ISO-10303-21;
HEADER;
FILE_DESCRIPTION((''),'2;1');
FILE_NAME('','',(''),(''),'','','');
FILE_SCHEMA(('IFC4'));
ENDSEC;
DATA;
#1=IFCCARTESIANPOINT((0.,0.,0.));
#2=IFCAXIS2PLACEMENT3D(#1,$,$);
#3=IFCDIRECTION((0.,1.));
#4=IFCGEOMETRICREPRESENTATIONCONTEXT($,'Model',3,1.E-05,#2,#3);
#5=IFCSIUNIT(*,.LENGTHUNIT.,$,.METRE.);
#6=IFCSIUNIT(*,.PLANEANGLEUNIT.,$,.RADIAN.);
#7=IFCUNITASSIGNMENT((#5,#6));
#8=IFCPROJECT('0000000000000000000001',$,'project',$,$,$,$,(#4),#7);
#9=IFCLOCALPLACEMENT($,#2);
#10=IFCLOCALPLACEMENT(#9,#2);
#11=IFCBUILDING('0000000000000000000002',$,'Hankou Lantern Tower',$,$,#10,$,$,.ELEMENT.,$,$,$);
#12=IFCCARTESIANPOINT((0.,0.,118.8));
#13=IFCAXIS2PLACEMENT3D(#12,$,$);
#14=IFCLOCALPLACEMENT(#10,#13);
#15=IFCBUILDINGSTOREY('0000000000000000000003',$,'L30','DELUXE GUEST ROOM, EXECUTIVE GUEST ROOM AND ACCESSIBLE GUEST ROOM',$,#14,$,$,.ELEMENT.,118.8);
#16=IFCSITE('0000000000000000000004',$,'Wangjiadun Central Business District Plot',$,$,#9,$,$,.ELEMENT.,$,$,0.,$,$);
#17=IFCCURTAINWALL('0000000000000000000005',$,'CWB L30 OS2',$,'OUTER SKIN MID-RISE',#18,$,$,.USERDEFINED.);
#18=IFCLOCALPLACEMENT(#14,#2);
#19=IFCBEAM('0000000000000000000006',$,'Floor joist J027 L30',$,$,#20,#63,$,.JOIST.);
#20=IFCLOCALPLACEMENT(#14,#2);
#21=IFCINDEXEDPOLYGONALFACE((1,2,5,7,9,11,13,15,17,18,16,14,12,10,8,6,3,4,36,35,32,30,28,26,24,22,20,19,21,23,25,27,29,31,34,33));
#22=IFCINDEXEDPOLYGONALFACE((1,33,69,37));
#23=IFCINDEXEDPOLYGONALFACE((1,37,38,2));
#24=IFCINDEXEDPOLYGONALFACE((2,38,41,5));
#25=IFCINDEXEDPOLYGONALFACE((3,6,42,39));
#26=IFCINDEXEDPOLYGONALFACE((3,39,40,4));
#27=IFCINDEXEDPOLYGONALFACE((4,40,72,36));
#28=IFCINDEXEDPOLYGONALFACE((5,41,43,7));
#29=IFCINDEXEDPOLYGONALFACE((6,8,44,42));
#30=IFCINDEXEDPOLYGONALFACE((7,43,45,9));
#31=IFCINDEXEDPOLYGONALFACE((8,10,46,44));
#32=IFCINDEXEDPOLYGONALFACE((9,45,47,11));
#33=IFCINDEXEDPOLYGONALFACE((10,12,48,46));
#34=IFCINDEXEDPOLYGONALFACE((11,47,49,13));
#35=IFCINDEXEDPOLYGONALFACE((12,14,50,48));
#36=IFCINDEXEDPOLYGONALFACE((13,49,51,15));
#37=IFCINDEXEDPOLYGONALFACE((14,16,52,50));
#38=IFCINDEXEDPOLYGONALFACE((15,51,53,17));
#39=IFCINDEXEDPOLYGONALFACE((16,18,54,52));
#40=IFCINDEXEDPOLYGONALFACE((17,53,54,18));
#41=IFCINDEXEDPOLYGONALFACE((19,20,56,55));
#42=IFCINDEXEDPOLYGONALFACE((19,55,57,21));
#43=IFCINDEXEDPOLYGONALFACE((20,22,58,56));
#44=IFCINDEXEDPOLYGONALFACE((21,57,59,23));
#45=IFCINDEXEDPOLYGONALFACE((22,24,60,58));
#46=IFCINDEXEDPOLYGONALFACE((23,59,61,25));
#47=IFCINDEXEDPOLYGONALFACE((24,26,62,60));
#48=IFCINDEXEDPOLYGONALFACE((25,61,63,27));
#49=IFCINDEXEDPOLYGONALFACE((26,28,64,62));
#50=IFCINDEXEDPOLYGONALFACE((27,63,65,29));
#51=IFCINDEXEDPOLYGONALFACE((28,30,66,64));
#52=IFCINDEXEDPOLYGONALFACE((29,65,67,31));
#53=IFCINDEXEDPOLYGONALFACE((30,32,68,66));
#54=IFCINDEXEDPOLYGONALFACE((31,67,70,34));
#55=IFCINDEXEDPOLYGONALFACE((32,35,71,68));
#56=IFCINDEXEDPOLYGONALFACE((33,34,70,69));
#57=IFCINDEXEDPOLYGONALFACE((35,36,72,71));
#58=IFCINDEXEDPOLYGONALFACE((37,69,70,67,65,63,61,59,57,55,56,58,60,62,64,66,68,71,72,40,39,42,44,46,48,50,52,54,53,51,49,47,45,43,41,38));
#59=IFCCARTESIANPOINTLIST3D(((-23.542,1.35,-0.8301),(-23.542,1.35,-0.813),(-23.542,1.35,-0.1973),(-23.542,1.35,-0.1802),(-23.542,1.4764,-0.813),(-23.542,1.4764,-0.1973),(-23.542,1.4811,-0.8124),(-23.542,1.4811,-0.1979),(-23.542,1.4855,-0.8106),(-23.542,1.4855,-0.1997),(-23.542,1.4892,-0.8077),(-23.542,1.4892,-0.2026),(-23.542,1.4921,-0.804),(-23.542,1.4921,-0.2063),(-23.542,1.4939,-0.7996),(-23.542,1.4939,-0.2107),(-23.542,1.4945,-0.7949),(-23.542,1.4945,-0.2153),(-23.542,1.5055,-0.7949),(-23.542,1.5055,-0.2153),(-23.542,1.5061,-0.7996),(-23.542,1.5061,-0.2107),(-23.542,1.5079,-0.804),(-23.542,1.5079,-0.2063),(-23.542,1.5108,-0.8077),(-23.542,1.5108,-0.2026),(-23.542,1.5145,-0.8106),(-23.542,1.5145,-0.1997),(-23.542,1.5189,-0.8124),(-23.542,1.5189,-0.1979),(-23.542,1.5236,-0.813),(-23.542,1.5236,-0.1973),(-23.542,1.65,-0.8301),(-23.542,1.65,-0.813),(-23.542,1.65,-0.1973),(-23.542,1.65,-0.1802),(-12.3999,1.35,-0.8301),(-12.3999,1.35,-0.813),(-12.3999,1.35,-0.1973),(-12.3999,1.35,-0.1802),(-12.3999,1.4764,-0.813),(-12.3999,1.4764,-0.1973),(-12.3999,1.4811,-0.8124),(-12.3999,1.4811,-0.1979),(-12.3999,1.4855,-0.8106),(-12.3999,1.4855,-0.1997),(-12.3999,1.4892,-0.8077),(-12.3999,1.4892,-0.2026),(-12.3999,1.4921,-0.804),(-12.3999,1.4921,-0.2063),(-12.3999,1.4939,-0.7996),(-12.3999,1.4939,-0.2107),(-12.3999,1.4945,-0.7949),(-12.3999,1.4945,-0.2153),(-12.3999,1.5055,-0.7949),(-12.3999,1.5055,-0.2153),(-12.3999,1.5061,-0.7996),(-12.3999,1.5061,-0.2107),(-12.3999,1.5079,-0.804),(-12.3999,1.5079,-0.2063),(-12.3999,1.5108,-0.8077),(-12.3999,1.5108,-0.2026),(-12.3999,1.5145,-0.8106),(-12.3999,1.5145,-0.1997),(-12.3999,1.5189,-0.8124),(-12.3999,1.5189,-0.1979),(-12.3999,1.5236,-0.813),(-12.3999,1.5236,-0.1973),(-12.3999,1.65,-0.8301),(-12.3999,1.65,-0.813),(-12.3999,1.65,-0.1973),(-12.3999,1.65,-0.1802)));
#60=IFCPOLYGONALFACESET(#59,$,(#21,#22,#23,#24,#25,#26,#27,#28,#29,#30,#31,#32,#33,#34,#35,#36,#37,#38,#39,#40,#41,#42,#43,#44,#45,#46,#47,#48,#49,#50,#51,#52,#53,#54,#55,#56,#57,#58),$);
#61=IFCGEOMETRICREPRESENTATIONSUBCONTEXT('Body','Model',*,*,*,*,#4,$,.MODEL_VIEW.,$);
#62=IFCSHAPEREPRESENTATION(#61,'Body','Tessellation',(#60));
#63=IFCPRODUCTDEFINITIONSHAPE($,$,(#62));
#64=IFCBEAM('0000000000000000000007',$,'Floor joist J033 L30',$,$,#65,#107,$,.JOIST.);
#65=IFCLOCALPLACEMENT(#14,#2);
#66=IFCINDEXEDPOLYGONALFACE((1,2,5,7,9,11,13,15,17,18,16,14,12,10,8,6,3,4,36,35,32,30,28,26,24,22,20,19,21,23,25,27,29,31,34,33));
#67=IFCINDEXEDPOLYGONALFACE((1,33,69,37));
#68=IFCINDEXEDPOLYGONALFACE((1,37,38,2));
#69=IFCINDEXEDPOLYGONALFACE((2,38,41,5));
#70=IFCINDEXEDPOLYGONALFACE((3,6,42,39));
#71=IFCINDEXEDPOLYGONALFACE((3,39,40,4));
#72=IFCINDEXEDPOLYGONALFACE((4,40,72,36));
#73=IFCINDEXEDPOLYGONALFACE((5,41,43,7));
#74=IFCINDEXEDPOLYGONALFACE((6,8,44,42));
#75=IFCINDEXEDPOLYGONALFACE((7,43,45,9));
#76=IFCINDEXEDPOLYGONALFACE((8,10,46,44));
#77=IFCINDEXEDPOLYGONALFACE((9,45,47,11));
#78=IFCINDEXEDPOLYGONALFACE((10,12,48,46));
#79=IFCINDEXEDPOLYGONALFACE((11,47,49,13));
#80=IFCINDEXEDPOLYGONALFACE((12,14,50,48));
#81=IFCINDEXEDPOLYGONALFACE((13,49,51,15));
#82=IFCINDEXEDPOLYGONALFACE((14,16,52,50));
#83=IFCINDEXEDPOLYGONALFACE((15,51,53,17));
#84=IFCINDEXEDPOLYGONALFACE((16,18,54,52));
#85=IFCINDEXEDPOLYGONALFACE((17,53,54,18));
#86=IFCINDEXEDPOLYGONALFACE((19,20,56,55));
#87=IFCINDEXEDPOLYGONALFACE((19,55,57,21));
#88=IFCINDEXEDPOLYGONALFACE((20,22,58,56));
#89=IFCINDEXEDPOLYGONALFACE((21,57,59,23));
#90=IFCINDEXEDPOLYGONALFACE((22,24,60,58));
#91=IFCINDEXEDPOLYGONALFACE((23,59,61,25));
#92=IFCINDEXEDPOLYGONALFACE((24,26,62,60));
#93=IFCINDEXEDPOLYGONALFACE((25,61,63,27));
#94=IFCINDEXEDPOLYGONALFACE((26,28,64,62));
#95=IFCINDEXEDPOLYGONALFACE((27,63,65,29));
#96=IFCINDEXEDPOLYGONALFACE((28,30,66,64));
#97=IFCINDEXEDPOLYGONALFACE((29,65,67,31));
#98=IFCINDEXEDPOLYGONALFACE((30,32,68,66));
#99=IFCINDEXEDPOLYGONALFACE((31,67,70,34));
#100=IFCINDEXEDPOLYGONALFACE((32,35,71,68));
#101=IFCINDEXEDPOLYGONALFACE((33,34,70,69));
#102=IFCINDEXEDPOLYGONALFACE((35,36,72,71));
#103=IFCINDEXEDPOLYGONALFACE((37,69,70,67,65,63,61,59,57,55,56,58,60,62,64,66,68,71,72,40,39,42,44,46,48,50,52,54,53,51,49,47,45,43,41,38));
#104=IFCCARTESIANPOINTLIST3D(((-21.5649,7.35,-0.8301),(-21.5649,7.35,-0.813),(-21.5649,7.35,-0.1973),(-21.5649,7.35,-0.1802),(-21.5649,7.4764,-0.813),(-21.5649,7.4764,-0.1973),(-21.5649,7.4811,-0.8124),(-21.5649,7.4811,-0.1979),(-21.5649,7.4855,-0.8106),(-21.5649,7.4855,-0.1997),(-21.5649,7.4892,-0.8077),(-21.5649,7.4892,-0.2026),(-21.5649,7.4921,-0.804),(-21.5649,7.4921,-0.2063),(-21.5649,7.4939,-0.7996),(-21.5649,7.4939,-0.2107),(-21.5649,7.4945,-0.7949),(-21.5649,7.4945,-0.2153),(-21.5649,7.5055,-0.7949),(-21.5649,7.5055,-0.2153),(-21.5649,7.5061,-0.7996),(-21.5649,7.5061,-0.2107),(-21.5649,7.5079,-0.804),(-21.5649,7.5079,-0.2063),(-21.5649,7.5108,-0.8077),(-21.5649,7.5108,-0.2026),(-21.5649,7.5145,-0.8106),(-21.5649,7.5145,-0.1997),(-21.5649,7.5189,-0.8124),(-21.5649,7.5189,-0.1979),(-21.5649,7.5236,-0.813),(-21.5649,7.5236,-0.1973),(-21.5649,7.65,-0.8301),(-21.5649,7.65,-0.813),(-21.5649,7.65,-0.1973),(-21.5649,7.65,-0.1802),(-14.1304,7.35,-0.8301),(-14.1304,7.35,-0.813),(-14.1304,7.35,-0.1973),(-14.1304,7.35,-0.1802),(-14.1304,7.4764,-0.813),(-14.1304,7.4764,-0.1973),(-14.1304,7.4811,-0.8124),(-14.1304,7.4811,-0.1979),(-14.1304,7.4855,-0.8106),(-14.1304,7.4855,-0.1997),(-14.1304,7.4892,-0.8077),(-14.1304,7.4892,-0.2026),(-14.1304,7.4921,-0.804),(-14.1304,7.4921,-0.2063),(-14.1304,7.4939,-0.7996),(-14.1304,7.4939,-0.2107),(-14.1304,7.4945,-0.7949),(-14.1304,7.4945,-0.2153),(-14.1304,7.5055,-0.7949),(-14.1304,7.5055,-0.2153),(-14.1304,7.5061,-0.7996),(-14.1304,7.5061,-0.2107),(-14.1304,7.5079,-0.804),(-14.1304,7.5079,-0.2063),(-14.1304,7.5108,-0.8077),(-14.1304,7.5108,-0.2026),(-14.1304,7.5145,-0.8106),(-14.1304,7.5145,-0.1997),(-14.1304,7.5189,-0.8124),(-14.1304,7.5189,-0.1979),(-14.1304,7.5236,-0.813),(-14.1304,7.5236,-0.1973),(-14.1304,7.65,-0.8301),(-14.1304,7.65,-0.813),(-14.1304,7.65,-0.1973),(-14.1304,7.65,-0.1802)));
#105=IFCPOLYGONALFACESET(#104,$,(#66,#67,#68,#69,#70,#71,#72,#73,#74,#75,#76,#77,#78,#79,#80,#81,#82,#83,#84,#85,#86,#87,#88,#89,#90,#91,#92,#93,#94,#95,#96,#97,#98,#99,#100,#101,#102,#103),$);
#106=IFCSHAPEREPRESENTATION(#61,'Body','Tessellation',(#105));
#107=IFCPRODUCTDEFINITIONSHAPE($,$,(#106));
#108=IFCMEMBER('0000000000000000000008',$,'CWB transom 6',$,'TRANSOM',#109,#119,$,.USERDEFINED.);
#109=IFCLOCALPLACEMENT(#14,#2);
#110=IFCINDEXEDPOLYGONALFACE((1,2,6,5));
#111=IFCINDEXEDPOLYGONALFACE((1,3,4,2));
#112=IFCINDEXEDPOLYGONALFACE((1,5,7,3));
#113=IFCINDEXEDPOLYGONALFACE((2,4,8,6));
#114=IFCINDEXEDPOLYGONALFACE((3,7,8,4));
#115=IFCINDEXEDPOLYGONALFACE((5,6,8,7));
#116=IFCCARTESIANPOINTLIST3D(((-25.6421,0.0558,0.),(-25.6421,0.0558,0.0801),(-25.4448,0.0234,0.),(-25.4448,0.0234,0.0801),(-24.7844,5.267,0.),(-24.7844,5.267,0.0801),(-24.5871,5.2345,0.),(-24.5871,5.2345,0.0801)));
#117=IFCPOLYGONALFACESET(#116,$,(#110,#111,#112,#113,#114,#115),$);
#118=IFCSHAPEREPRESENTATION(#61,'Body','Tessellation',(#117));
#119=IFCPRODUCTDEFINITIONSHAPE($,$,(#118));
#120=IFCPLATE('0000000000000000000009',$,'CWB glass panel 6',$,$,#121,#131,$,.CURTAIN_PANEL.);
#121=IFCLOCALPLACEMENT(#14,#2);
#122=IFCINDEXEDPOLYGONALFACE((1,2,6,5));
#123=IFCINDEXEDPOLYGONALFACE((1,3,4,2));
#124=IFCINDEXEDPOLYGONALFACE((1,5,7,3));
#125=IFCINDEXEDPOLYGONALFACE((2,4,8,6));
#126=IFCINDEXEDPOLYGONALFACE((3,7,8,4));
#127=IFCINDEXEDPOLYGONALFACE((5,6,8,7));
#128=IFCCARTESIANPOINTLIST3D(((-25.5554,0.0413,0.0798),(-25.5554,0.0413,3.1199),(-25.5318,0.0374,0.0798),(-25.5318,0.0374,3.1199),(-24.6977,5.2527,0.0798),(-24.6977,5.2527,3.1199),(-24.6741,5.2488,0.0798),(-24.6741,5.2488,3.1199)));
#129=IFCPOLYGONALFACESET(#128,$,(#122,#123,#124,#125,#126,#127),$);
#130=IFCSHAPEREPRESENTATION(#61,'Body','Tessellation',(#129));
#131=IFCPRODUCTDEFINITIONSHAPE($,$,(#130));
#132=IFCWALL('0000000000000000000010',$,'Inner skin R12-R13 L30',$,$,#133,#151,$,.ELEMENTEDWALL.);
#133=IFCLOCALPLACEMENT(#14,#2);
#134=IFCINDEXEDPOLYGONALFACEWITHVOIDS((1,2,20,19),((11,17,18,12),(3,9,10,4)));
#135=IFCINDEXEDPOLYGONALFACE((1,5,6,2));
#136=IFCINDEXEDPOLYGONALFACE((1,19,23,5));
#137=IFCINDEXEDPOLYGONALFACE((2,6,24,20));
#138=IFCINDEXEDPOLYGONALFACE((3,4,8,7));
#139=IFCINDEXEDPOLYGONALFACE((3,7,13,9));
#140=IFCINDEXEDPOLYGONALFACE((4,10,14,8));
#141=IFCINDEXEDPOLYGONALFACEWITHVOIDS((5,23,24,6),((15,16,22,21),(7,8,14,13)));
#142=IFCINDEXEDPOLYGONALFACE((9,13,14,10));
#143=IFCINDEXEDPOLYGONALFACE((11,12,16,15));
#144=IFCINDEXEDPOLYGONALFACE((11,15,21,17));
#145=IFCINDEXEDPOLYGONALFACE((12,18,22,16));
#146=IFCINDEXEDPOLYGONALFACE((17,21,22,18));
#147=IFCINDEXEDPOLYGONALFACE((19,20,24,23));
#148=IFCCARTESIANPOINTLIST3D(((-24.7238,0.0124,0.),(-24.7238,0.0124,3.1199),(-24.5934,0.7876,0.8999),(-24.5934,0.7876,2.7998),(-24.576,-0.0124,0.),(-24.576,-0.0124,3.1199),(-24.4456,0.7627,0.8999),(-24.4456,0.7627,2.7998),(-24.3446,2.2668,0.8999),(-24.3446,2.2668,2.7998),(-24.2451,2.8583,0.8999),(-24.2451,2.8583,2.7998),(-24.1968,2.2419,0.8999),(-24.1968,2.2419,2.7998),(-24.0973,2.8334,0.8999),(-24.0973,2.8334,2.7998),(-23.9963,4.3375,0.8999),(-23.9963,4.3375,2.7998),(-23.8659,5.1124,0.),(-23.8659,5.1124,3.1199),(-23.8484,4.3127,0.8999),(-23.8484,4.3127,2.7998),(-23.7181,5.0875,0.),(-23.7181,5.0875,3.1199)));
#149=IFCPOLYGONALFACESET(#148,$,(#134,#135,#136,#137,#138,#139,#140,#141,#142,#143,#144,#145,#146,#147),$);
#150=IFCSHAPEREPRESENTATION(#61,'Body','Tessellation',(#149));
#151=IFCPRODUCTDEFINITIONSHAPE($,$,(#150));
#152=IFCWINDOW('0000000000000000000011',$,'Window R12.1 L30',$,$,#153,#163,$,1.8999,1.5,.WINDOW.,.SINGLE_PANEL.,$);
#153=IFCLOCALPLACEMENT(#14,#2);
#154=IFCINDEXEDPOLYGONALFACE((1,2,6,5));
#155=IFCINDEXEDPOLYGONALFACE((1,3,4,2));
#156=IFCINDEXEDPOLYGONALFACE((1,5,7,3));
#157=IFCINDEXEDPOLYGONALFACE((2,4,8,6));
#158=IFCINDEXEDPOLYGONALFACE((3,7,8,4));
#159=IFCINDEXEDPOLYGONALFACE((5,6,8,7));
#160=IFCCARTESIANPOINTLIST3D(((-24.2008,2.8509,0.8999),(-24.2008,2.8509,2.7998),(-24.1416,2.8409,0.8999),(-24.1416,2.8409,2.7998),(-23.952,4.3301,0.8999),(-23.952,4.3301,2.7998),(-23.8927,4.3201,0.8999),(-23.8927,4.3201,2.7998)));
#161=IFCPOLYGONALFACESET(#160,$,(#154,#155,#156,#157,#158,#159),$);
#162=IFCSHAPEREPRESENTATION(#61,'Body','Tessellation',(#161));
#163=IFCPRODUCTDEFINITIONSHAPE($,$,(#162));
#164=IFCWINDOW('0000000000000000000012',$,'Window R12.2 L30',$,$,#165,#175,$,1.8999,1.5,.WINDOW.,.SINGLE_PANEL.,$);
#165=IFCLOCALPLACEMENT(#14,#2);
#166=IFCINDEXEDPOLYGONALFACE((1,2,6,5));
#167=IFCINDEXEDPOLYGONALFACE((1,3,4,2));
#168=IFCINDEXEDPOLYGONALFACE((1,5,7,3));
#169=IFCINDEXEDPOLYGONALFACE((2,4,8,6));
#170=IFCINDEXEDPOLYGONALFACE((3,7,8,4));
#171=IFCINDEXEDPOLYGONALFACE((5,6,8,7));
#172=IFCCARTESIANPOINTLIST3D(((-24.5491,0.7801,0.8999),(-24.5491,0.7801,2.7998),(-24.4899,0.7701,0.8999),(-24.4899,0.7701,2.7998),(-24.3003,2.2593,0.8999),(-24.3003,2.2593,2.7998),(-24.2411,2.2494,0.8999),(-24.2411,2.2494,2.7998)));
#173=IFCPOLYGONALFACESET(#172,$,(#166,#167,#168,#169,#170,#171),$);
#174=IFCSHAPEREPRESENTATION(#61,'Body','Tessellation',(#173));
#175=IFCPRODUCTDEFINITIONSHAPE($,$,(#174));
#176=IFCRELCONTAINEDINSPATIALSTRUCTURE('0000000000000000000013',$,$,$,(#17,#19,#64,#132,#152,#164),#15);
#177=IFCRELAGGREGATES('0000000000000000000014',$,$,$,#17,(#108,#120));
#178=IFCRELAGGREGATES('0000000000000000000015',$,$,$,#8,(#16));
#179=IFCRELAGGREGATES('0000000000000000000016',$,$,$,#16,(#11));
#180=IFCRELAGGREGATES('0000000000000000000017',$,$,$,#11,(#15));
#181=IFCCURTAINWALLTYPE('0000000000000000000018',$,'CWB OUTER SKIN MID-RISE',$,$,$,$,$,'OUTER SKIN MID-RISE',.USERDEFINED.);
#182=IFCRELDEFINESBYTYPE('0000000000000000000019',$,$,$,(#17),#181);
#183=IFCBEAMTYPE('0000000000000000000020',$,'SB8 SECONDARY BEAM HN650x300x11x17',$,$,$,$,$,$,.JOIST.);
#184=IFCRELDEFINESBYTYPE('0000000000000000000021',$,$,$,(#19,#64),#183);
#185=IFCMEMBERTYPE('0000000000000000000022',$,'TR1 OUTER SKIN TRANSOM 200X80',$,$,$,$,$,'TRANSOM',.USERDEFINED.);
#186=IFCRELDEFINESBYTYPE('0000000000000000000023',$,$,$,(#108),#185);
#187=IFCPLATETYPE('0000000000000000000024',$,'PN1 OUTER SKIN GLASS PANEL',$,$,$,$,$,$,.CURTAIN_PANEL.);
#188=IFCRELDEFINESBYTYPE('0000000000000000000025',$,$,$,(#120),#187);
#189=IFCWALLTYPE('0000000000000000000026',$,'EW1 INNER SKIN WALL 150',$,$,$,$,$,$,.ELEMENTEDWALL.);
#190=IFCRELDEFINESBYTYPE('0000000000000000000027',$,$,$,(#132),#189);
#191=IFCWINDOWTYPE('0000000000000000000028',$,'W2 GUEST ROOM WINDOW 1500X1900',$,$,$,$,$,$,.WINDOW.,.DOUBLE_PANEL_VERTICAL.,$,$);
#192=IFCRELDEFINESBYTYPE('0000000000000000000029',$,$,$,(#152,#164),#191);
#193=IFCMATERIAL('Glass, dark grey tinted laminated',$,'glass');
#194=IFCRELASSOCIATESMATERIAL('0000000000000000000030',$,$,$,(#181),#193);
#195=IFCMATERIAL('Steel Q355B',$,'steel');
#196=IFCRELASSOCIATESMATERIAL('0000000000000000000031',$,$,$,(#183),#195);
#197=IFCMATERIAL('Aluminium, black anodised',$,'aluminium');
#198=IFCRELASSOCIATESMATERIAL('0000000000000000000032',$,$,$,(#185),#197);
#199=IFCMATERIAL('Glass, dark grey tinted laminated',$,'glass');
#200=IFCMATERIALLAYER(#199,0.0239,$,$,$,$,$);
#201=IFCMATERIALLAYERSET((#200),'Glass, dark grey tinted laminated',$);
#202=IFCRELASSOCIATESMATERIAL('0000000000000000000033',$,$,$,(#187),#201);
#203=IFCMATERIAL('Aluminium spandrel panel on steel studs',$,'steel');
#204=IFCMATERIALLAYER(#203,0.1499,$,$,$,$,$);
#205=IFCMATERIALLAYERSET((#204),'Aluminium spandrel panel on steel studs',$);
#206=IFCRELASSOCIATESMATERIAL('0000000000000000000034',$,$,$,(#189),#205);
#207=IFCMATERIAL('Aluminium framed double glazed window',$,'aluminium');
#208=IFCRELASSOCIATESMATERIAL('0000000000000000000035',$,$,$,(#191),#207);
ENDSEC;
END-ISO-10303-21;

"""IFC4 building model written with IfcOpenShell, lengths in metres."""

from ifc_helpers import new_model, si_unit, direction, frame, frame_2d, origin, origin_2d, place, context, subcontext, project, spatial, rectangle, i_section, extrude, material, layer, layer_set, material_profile, profile_set, type_object, element, fill, aggregate, save


model = new_model("IFC4")

# Units and contexts
model_context = context("Model", 3, precision=1e-05, world=origin(), true_north=direction((0.0, 1.0)))
body_context = subcontext(model_context, "Body", "Model", "MODEL_VIEW")
ifc_project = project(units=[si_unit("LENGTHUNIT", "METRE"), si_unit("PLANEANGLEUNIT", "RADIAN")], contexts=[model_context])

# Site, building, storey
site_placement = place(None, origin())
site = spatial("IfcSite", under=ifc_project, at=site_placement, Name="Wangjiadun Central Business District Plot", CompositionType="ELEMENT", RefElevation=0.0)
building_placement = place(site_placement, origin())
building = spatial("IfcBuilding", under=site, at=building_placement, Name="Hankou Lantern Tower", CompositionType="ELEMENT")
storey_placement = place(building_placement, frame((0.0, 0.0, 118.8)))
storey = spatial("IfcBuildingStorey", under=building, at=storey_placement, Name="L30", Description="DELUXE GUEST ROOM, EXECUTIVE GUEST ROOM AND ACCESSIBLE GUEST ROOM", CompositionType="ELEMENT", Elevation=118.8)

# Curtain wall
ifc_material_1 = material(Name="Glass, dark grey tinted laminated", Category="glass")
curtain_wall_type = type_object("IfcCurtainWallType", Name="CWB OUTER SKIN MID-RISE", ElementType="OUTER SKIN MID-RISE", PredefinedType="USERDEFINED", material=ifc_material_1)
curtain_wall_1_placement = place(storey_placement, origin())
curtain_wall_1 = element("IfcCurtainWall", 1, at=curtain_wall_1_placement, inside=storey, type_object=curtain_wall_type, Name="CWB L30 OS2", ObjectType="OUTER SKIN MID-RISE", PredefinedType="USERDEFINED")

# Beams
ifc_material_2 = material(Name="Steel Q355B", Category="steel")
ifc_material_profile_1 = material_profile(ifc_material_2, i_section(OverallWidth=0.3, OverallDepth=0.6499, WebThickness=0.011, FlangeThickness=0.0171, FilletRadius=0.0181, at=origin_2d()), Name="HN650x300x11x17")
ifc_profile_set_1 = profile_set([ifc_material_profile_1], Name="Steel Q355B")
beam_type_1 = type_object("IfcBeamType", Name="SB8 SECONDARY BEAM HN650x300x11x17", PredefinedType="JOIST", material=ifc_profile_set_1)
beam_1_placement = place(storey_placement, frame((-23.542, 1.5, -0.5051), z_axis=(1.0, 0.0, 0.0), x_axis=(0.0, 1.0, 0.0)))
element("IfcBeam", 2, at=beam_1_placement, inside=storey, type_object=beam_type_1, Name="Floor joist J027 L30", PredefinedType="JOIST", context=body_context, shape_type="SweptSolid", body=[
    extrude(i_section(OverallWidth=0.3, OverallDepth=0.6499, WebThickness=0.011, FlangeThickness=0.0171, FilletRadius=0.0181, at=origin_2d()), origin(), (0.0, 0.0, 1.0), 11.1421),
])
beam_2_placement = place(storey_placement, frame((-21.5649, 7.5, -0.5051), z_axis=(1.0, 0.0, 0.0), x_axis=(0.0, 1.0, 0.0)))
element("IfcBeam", 3, at=beam_2_placement, inside=storey, type_object=beam_type_1, Name="Floor joist J033 L30", PredefinedType="JOIST", context=body_context, shape_type="SweptSolid", body=[
    extrude(i_section(OverallWidth=0.3, OverallDepth=0.6499, WebThickness=0.011, FlangeThickness=0.0171, FilletRadius=0.0181, at=origin_2d()), origin(), (0.0, 0.0, 1.0), 7.4346),
])

# Member
ifc_material_3 = material(Name="Aluminium, black anodised", Category="aluminium")
ifc_material_profile_2 = material_profile(ifc_material_3, rectangle(XDim=0.2, YDim=0.0801, at=origin_2d()), Name="TR1 200X80")
ifc_profile_set_2 = profile_set([ifc_material_profile_2], Name="Aluminium, black anodised")
member_type_1 = type_object("IfcMemberType", Name="TR1 OUTER SKIN TRANSOM 200X80", ElementType="TRANSOM", PredefinedType="USERDEFINED", material=ifc_profile_set_2)
member_1_placement = place(storey_placement, frame((-24.6858, 5.2507, 0.04), z_axis=(-0.162397, -0.986725, 0.0), x_axis=(0.986725, -0.162397, 0.0)))
member_1 = element("IfcMember", 4, at=member_1_placement, type_object=member_type_1, Name="CWB transom 6", ObjectType="TRANSOM", PredefinedType="USERDEFINED", context=body_context, shape_type="SweptSolid", body=[
    extrude(rectangle(XDim=0.2, YDim=0.0801, at=origin_2d()), origin(), (0.0, 0.0, 1.0), 5.2812),
])

# Plate
ifc_material_4 = material(Name="Glass, dark grey tinted laminated", Category="glass")
ifc_layer_1 = layer(ifc_material_4, 0.0239)
ifc_layer_set_1 = layer_set([ifc_layer_1], Name="Glass, dark grey tinted laminated")
plate_type = type_object("IfcPlateType", Name="PN1 OUTER SKIN GLASS PANEL", PredefinedType="CURTAIN_PANEL", material=ifc_layer_set_1)
plate_placement = place(storey_placement, frame((-25.1147, 2.645, 0.0798), z_axis=(0.0, 0.0, 1.0), x_axis=(-0.162382, -0.986728, 0.0)))
plate = element("IfcPlate", 5, at=plate_placement, type_object=plate_type, Name="CWB glass panel 6", PredefinedType="CURTAIN_PANEL", context=body_context, shape_type="SweptSolid", body=[
    extrude(rectangle(XDim=5.2815, YDim=0.0239, at=origin_2d()), origin(), (0.0, 0.0, 1.0), 3.04),
])
aggregate(curtain_wall_1, [member_1, plate])

# Wall, openings, windows
ifc_material_5 = material(Name="Aluminium spandrel panel on steel studs", Category="steel")
ifc_layer_2 = layer(ifc_material_5, 0.1499)
ifc_layer_set_2 = layer_set([ifc_layer_2], Name="Aluminium spandrel panel on steel studs")
wall_type_1 = type_object("IfcWallType", Name="EW1 INNER SKIN WALL 150", PredefinedType="ELEMENTEDWALL", material=ifc_layer_set_2)
wall_1_placement = place(storey_placement, frame((-23.792, 5.1001, 0.0), z_axis=(0.0, 0.0, 1.0), x_axis=(-0.165884, -0.986145, 0.0)))
wall_1 = element("IfcWall", 6, at=wall_1_placement, inside=storey, type_object=wall_type_1, Name="Inner skin R12-R13 L30", PredefinedType="ELEMENTEDWALL", context=body_context, shape_type="SweptSolid", body=[
    extrude(rectangle(XDim=5.1716, YDim=0.1499, at=frame_2d((2.5859, 0.0))), origin(), (0.0, 0.0, 1.0), 3.1199),
])
opening_1_placement = place(wall_1_placement, frame((0.7859, 0.0, 0.8999)))
opening_1 = element("IfcOpeningElement", 7, at=opening_1_placement, cuts=wall_1, PredefinedType="OPENING", context=body_context, shape_type="SweptSolid", body=[
    extrude(rectangle(XDim=1.5, YDim=1.8999, at=frame_2d((0.75, 0.95))), frame((0.0, 0.085, 0.0), z_axis=(0.0, -1.0, 0.0), x_axis=(1.0, 0.0, 0.0)), (0.0, 0.0, 1.0), 0.1699),
])
opening_2_placement = place(wall_1_placement, frame((2.8857, 0.0, 0.8999)))
opening_2 = element("IfcOpeningElement", 8, at=opening_2_placement, cuts=wall_1, PredefinedType="OPENING", context=body_context, shape_type="SweptSolid", body=[
    extrude(rectangle(XDim=1.5, YDim=1.8999, at=frame_2d((0.75, 0.95))), frame((0.0, 0.085, 0.0), z_axis=(0.0, -1.0, 0.0), x_axis=(1.0, 0.0, 0.0)), (0.0, 0.0, 1.0), 0.1699),
])
ifc_material_6 = material(Name="Aluminium framed double glazed window", Category="aluminium")
window_type = type_object("IfcWindowType", Name="W2 GUEST ROOM WINDOW 1500X1900", PartitioningType="DOUBLE_PANEL_VERTICAL", PredefinedType="WINDOW", material=ifc_material_6)
window_1_placement = place(opening_1_placement, origin())
window_1 = element("IfcWindow", 9, at=window_1_placement, inside=storey, type_object=window_type, Name="Window R12.1 L30", OverallHeight=1.8999, OverallWidth=1.5, PartitioningType="SINGLE_PANEL", PredefinedType="WINDOW", context=body_context, shape_type="SweptSolid", body=[
    extrude(rectangle(XDim=1.5, YDim=1.8999, at=frame_2d((0.75, 0.95))), frame((0.0, 0.03, 0.0), z_axis=(0.0, -1.0, 0.0), x_axis=(1.0, 0.0, 0.0)), (0.0, 0.0, 1.0), 0.0601),
])
fill(opening_1, window_1)
window_2_placement = place(opening_2_placement, origin())
window_2 = element("IfcWindow", 10, at=window_2_placement, inside=storey, type_object=window_type, Name="Window R12.2 L30", OverallHeight=1.8999, OverallWidth=1.5, PartitioningType="SINGLE_PANEL", PredefinedType="WINDOW", context=body_context, shape_type="SweptSolid", body=[
    extrude(rectangle(XDim=1.5, YDim=1.8999, at=frame_2d((0.75, 0.95))), frame((0.0, 0.03, 0.0), z_axis=(0.0, -1.0, 0.0), x_axis=(1.0, 0.0, 0.0)), (0.0, 0.0, 1.0), 0.0601),
])
fill(opening_2, window_2)

save(model, "model.ifc")
